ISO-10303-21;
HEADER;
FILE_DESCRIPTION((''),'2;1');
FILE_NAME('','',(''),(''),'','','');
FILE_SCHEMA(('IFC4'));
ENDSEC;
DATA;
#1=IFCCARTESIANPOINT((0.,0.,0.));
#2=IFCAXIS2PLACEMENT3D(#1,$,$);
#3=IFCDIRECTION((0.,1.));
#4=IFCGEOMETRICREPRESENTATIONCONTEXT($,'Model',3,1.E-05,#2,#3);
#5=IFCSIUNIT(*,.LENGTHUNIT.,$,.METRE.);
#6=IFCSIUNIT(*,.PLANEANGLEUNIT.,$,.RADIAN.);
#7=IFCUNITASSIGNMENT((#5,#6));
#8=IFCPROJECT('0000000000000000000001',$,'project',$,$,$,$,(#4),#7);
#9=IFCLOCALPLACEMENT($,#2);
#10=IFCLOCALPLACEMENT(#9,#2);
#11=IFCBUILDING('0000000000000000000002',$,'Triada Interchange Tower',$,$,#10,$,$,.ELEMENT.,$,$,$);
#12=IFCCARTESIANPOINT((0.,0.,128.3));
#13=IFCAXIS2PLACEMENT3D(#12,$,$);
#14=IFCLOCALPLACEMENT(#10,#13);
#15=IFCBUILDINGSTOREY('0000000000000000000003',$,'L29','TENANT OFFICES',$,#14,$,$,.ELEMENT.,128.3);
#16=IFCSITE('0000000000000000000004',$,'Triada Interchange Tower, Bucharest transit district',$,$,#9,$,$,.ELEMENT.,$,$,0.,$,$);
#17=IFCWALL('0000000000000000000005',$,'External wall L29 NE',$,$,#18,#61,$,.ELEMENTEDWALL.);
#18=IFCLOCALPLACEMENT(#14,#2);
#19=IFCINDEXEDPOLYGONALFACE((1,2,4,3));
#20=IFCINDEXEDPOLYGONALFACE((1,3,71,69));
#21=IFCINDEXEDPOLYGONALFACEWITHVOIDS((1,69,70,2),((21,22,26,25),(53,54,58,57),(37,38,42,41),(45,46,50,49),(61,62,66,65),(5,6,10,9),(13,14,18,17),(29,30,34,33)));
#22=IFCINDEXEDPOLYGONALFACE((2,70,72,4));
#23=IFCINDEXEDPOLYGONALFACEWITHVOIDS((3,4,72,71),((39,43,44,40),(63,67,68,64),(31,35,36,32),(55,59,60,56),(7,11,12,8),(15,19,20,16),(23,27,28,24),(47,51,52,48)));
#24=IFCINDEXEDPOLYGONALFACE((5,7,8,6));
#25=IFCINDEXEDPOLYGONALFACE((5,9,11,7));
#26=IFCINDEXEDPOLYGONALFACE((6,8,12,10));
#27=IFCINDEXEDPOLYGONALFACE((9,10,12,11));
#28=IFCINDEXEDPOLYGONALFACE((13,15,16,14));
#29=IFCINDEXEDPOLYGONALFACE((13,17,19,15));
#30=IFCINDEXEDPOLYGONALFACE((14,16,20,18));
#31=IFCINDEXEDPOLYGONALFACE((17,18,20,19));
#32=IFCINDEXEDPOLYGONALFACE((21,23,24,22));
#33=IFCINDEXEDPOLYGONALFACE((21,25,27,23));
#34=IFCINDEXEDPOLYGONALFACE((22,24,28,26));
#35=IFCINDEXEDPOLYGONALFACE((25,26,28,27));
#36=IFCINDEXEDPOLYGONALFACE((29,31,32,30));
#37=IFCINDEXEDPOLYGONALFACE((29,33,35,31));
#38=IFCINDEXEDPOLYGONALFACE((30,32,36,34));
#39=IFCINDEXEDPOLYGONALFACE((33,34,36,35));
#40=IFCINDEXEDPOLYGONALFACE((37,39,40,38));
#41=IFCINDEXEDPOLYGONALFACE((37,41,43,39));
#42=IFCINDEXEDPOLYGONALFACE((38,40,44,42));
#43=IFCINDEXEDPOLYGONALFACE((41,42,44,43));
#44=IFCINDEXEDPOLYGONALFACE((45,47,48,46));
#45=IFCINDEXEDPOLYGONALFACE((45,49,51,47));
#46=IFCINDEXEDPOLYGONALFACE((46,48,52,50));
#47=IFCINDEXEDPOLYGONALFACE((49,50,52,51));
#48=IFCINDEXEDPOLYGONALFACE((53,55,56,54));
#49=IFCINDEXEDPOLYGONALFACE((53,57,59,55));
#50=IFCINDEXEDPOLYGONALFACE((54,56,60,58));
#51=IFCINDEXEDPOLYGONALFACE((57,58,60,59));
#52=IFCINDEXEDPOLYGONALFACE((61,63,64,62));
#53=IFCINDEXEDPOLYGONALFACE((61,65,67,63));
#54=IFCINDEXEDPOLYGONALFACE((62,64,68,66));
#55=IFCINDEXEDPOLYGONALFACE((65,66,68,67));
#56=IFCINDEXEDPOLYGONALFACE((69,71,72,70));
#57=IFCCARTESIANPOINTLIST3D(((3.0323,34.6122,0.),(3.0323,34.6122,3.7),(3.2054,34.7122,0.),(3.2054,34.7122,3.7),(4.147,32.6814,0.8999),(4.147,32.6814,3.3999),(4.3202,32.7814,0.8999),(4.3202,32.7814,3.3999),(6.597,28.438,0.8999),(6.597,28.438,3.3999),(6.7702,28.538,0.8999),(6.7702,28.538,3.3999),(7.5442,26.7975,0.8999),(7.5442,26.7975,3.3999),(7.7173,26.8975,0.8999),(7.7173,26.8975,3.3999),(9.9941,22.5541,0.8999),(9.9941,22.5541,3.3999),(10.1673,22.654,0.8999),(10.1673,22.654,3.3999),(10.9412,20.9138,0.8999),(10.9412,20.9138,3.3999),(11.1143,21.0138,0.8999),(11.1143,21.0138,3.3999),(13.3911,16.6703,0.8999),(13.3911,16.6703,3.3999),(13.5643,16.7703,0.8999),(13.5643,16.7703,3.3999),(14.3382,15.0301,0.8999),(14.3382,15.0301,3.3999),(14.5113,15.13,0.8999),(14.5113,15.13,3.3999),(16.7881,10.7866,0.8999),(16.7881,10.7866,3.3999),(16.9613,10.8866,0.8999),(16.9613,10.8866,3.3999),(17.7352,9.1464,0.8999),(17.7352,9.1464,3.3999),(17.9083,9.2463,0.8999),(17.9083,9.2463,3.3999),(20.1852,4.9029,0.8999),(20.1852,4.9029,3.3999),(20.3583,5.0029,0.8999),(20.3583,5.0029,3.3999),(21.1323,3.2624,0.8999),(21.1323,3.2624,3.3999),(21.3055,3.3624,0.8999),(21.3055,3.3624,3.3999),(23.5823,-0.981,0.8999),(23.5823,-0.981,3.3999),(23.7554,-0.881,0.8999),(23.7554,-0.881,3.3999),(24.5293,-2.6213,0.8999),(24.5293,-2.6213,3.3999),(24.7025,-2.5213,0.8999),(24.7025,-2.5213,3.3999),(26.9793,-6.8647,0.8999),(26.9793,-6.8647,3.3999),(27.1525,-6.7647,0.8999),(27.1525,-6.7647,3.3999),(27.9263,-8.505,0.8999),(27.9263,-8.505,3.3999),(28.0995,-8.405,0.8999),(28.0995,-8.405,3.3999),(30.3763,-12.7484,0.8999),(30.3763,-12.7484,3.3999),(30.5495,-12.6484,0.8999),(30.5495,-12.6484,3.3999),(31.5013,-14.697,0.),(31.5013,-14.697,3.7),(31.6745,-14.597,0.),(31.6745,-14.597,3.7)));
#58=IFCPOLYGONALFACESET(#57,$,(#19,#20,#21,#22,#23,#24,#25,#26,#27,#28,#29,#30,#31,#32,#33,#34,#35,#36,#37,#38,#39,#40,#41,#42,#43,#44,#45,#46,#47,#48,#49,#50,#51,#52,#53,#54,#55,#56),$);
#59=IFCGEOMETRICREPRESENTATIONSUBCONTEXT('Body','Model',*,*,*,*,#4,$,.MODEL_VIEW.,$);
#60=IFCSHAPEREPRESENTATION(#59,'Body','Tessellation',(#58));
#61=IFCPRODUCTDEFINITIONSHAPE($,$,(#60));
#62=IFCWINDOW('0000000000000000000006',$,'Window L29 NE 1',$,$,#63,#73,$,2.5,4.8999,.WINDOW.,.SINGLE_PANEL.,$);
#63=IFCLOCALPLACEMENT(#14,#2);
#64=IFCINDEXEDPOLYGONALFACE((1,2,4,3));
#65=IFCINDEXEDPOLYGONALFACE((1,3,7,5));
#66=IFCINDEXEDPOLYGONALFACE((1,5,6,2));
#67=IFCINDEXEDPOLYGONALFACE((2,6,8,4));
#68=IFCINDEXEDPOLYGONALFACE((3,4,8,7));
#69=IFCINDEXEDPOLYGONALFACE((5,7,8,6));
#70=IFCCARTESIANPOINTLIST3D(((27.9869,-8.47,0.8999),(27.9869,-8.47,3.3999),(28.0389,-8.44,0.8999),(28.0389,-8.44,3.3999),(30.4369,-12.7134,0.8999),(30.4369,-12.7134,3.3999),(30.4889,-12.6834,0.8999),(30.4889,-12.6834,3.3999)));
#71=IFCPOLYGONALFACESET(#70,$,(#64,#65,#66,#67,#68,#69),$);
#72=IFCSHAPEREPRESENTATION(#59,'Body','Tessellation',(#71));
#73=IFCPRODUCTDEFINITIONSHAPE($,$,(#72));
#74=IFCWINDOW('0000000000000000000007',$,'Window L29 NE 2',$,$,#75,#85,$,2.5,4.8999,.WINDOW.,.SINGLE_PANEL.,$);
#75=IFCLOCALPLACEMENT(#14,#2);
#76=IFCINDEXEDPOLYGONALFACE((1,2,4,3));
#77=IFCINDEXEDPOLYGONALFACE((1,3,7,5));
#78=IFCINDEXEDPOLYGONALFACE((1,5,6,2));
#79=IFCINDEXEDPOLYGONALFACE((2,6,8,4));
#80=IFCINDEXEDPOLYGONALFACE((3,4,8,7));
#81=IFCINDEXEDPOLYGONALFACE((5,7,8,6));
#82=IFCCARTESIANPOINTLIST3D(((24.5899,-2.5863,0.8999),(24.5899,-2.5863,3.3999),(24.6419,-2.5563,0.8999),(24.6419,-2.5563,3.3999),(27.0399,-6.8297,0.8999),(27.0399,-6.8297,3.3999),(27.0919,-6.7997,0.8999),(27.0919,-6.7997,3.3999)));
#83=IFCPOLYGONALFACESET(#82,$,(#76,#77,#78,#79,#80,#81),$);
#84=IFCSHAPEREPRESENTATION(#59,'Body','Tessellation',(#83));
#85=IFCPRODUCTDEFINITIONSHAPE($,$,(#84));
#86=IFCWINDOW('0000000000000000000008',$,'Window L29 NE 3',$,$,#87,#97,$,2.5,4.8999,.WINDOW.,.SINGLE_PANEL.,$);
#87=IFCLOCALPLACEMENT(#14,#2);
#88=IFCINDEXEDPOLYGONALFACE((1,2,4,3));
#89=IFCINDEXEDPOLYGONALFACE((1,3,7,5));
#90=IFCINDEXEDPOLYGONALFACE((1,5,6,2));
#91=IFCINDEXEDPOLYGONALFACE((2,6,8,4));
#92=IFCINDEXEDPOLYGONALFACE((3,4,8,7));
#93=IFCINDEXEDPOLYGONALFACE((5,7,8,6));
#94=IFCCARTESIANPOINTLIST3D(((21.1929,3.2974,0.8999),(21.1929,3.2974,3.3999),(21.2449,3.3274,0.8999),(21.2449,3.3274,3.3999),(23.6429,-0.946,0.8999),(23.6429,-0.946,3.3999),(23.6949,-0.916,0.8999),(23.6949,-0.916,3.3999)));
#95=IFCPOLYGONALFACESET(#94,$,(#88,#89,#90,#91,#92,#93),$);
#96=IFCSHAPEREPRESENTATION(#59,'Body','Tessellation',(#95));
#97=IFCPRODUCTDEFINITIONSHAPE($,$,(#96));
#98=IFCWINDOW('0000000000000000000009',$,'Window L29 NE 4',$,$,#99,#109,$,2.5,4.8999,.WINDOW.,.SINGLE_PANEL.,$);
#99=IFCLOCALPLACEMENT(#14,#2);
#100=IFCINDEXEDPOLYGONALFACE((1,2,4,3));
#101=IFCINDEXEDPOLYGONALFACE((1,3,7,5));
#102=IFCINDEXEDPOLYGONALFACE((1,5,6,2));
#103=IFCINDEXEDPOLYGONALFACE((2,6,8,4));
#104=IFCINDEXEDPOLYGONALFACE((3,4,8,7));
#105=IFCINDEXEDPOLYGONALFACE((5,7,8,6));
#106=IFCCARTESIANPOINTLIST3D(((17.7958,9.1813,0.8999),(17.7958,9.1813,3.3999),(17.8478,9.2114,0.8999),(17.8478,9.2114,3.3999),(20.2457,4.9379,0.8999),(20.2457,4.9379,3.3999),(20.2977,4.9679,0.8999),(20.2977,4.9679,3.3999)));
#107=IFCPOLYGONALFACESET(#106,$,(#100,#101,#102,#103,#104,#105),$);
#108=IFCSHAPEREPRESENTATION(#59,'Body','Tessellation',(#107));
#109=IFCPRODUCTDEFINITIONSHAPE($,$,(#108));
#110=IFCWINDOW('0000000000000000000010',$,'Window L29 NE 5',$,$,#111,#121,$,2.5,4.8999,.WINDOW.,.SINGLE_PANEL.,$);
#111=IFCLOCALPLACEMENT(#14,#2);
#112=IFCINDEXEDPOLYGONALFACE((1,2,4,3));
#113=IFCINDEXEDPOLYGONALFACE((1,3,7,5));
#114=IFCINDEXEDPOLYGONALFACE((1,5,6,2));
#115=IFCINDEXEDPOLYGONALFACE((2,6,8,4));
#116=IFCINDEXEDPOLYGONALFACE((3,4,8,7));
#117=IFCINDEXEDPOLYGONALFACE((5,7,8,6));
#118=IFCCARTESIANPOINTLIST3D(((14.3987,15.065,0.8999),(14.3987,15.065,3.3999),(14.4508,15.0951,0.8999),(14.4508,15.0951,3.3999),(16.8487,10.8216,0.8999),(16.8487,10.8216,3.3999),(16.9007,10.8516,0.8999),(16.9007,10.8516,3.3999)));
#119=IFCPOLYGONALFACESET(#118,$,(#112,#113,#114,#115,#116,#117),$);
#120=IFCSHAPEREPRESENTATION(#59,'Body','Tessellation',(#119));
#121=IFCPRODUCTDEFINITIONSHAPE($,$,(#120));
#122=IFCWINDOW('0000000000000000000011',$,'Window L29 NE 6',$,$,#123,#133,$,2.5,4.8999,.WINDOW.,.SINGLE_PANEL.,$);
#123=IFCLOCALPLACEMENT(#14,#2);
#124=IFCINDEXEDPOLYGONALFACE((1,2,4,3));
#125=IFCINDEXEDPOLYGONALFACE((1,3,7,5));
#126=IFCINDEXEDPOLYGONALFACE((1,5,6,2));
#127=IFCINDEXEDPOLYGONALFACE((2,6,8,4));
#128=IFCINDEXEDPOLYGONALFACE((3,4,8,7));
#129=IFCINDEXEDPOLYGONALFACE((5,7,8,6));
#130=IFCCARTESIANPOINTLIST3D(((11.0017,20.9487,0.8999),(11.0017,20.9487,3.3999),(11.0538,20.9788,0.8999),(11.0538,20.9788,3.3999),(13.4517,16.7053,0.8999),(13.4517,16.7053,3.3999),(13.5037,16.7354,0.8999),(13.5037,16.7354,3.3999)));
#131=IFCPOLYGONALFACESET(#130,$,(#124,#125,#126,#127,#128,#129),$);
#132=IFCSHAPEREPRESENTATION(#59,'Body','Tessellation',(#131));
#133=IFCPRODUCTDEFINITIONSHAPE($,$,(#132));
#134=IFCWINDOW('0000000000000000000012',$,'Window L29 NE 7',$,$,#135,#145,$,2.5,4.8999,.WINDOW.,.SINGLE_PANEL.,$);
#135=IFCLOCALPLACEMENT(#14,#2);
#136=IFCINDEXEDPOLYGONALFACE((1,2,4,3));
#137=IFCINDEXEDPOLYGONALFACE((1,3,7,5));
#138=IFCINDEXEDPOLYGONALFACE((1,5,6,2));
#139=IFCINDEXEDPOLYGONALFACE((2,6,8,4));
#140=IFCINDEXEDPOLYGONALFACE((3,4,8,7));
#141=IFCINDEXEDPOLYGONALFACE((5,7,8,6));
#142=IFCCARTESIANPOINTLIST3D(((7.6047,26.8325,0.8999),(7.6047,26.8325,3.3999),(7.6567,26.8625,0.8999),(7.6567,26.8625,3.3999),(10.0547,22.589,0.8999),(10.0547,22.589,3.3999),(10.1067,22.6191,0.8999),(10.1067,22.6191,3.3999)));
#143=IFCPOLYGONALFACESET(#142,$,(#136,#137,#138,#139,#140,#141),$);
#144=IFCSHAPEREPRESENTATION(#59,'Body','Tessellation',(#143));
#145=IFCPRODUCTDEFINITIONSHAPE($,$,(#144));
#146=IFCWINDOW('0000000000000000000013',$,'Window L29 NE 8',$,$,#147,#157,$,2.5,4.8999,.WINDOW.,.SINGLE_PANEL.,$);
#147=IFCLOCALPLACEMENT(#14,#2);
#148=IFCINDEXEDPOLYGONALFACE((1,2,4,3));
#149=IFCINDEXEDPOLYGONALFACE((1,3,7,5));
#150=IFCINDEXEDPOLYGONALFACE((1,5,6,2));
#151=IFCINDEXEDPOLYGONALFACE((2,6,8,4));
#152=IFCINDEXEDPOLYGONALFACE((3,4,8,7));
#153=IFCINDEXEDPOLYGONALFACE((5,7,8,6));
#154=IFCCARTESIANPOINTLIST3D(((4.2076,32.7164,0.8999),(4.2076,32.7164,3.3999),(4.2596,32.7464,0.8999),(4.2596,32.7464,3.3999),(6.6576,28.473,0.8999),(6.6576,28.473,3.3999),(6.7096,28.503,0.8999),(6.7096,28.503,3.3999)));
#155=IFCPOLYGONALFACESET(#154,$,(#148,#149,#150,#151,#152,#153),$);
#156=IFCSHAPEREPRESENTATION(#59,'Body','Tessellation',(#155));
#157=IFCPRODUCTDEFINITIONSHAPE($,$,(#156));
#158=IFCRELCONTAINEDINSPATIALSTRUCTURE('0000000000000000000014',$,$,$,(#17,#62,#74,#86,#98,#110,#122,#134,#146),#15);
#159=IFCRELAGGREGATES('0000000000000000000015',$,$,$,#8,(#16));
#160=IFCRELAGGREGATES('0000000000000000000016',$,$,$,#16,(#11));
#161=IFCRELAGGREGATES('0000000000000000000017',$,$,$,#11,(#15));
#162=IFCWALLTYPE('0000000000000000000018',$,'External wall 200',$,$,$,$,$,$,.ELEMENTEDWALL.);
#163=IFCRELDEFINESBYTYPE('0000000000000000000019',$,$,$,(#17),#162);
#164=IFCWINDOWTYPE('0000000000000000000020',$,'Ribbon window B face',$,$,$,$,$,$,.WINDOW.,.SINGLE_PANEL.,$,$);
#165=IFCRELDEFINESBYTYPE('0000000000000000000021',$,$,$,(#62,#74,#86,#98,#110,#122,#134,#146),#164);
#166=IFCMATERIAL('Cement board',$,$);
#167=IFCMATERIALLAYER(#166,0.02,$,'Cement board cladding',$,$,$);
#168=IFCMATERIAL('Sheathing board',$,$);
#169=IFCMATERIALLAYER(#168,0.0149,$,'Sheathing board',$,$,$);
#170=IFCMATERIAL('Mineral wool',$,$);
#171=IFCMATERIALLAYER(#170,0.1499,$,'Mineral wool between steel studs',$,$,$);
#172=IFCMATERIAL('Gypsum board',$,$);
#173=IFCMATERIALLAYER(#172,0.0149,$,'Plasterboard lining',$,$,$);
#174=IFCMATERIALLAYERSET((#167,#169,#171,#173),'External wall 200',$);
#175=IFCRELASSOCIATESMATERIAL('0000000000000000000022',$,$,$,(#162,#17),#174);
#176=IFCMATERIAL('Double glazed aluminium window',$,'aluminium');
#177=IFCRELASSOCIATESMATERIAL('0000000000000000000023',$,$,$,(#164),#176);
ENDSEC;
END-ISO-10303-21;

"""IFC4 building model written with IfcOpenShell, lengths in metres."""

from ifc_helpers import new_model, si_unit, direction, frame, frame_2d, origin, place, context, subcontext, project, spatial, rectangle, extrude, material, layer, layer_set, layer_usage, type_object, element, fill, save


model = new_model("IFC4")

# Units and contexts
model_context = context("Model", 3, precision=1e-05, world=origin(), true_north=direction((0.0, 1.0)))
body_context = subcontext(model_context, "Body", "Model", "MODEL_VIEW")
ifc_project = project(units=[si_unit("LENGTHUNIT", "METRE"), si_unit("PLANEANGLEUNIT", "RADIAN")], contexts=[model_context])

# Site, building, storey
site_placement = place(None, origin())
site = spatial("IfcSite", under=ifc_project, at=site_placement, Name="Triada Interchange Tower, Bucharest transit district", CompositionType="ELEMENT", RefElevation=0.0)
building_placement = place(site_placement, origin())
building = spatial("IfcBuilding", under=site, at=building_placement, Name="Triada Interchange Tower", CompositionType="ELEMENT")
storey_placement = place(building_placement, frame((0.0, 0.0, 128.3)))
storey = spatial("IfcBuildingStorey", under=building, at=storey_placement, Name="L29", Description="TENANT OFFICES", CompositionType="ELEMENT", Elevation=128.3)

# Shared definitions
ifc_material_1 = material(Name="Cement board")
ifc_layer_1 = layer(ifc_material_1, 0.02, Name="Cement board cladding")
ifc_material_2 = material(Name="Sheathing board")
ifc_layer_2 = layer(ifc_material_2, 0.0149, Name="Sheathing board")
ifc_material_3 = material(Name="Mineral wool")
ifc_layer_3 = layer(ifc_material_3, 0.1499, Name="Mineral wool between steel studs")
ifc_material_4 = material(Name="Gypsum board")
ifc_layer_4 = layer(ifc_material_4, 0.0149, Name="Plasterboard lining")
ifc_layer_set_1 = layer_set([ifc_layer_1, ifc_layer_2, ifc_layer_3, ifc_layer_4], Name="External wall 200")
ifc_layer_usage = layer_usage(ifc_layer_set_1, "AXIS2", "POSITIVE", -0.1001)
wall_type = type_object("IfcWallType", Name="External wall 200", PredefinedType="ELEMENTEDWALL", material=ifc_layer_set_1)
ifc_material_5 = material(Name="Double glazed aluminium window", Category="aluminium")

# Wall, openings, windows
wall_1_placement = place(storey_placement, frame((31.5879, -14.647, 0.0), z_axis=(0.0, 0.0, 1.0), x_axis=(-0.500005, 0.866022, 0.0)))
wall_1 = element("IfcWall", 1, at=wall_1_placement, inside=storey, type_object=wall_type, material=ifc_layer_usage, Name="External wall L29 NE", PredefinedType="ELEMENTEDWALL", context=body_context, shape_type="SweptSolid", body=[
    extrude(rectangle(XDim=56.9375, YDim=0.2, at=frame_2d((28.4688, 0.0))), origin(), (0.0, 0.0, 1.0), 3.7),
])
opening_1_placement = place(wall_1_placement, frame((2.25, 0.0, 0.8999)))
opening_1 = element("IfcOpeningElement", 2, at=opening_1_placement, cuts=wall_1, PredefinedType="OPENING", context=body_context, shape_type="SweptSolid", body=[
    extrude(rectangle(XDim=4.8999, YDim=2.5, at=frame_2d((2.45, 1.25))), frame((0.0, 0.1099, 0.0), z_axis=(0.0, -1.0, 0.0), x_axis=(1.0, 0.0, 0.0)), (0.0, 0.0, 1.0), 0.22),
])
opening_2_placement = place(wall_1_placement, frame((9.0439, 0.0, 0.8999)))
opening_2 = element("IfcOpeningElement", 3, at=opening_2_placement, cuts=wall_1, PredefinedType="OPENING", context=body_context, shape_type="SweptSolid", body=[
    extrude(rectangle(XDim=4.8999, YDim=2.5, at=frame_2d((2.45, 1.25))), frame((0.0, 0.1099, 0.0), z_axis=(0.0, -1.0, 0.0), x_axis=(1.0, 0.0, 0.0)), (0.0, 0.0, 1.0), 0.22),
])
opening_3_placement = place(wall_1_placement, frame((15.8379, 0.0, 0.8999)))
opening_3 = element("IfcOpeningElement", 4, at=opening_3_placement, cuts=wall_1, PredefinedType="OPENING", context=body_context, shape_type="SweptSolid", body=[
    extrude(rectangle(XDim=4.8999, YDim=2.5, at=frame_2d((2.45, 1.25))), frame((0.0, 0.1099, 0.0), z_axis=(0.0, -1.0, 0.0), x_axis=(1.0, 0.0, 0.0)), (0.0, 0.0, 1.0), 0.22),
])
opening_4_placement = place(wall_1_placement, frame((22.6321, 0.0, 0.8999)))
opening_4 = element("IfcOpeningElement", 5, at=opening_4_placement, cuts=wall_1, PredefinedType="OPENING", context=body_context, shape_type="SweptSolid", body=[
    extrude(rectangle(XDim=4.8999, YDim=2.5, at=frame_2d((2.45, 1.25))), frame((0.0, 0.1099, 0.0), z_axis=(0.0, -1.0, 0.0), x_axis=(1.0, 0.0, 0.0)), (0.0, 0.0, 1.0), 0.22),
])
opening_5_placement = place(wall_1_placement, frame((29.426, 0.0, 0.8999)))
opening_5 = element("IfcOpeningElement", 6, at=opening_5_placement, cuts=wall_1, PredefinedType="OPENING", context=body_context, shape_type="SweptSolid", body=[
    extrude(rectangle(XDim=4.8999, YDim=2.5, at=frame_2d((2.45, 1.25))), frame((0.0, 0.1099, 0.0), z_axis=(0.0, -1.0, 0.0), x_axis=(1.0, 0.0, 0.0)), (0.0, 0.0, 1.0), 0.22),
])
opening_6_placement = place(wall_1_placement, frame((36.22, 0.0, 0.8999)))
opening_6 = element("IfcOpeningElement", 7, at=opening_6_placement, cuts=wall_1, PredefinedType="OPENING", context=body_context, shape_type="SweptSolid", body=[
    extrude(rectangle(XDim=4.8999, YDim=2.5, at=frame_2d((2.45, 1.25))), frame((0.0, 0.1099, 0.0), z_axis=(0.0, -1.0, 0.0), x_axis=(1.0, 0.0, 0.0)), (0.0, 0.0, 1.0), 0.22),
])
opening_7_placement = place(wall_1_placement, frame((43.0139, 0.0, 0.8999)))
opening_7 = element("IfcOpeningElement", 8, at=opening_7_placement, cuts=wall_1, PredefinedType="OPENING", context=body_context, shape_type="SweptSolid", body=[
    extrude(rectangle(XDim=4.8999, YDim=2.5, at=frame_2d((2.45, 1.25))), frame((0.0, 0.1099, 0.0), z_axis=(0.0, -1.0, 0.0), x_axis=(1.0, 0.0, 0.0)), (0.0, 0.0, 1.0), 0.22),
])
opening_8_placement = place(wall_1_placement, frame((49.8081, 0.0, 0.8999)))
opening_8 = element("IfcOpeningElement", 9, at=opening_8_placement, cuts=wall_1, PredefinedType="OPENING", context=body_context, shape_type="SweptSolid", body=[
    extrude(rectangle(XDim=4.8999, YDim=2.5, at=frame_2d((2.45, 1.25))), frame((0.0, 0.1099, 0.0), z_axis=(0.0, -1.0, 0.0), x_axis=(1.0, 0.0, 0.0)), (0.0, 0.0, 1.0), 0.22),
])
window_type_1 = type_object("IfcWindowType", Name="Ribbon window B face", PartitioningType="SINGLE_PANEL", PredefinedType="WINDOW", material=ifc_material_5)
window_1_placement = place(opening_1_placement, origin())
window_1 = element("IfcWindow", 10, at=window_1_placement, inside=storey, type_object=window_type_1, Name="Window L29 NE 1", OverallHeight=2.5, OverallWidth=4.8999, PartitioningType="SINGLE_PANEL", PredefinedType="WINDOW", context=body_context, shape_type="SweptSolid", body=[
    extrude(rectangle(XDim=4.8999, YDim=2.5, at=frame_2d((2.45, 1.25))), frame((0.0, 0.03, 0.0), z_axis=(0.0, -1.0, 0.0), x_axis=(1.0, 0.0, 0.0)), (0.0, 0.0, 1.0), 0.0601),
])
fill(opening_1, window_1)
window_2_placement = place(opening_2_placement, origin())
window_2 = element("IfcWindow", 11, at=window_2_placement, inside=storey, type_object=window_type_1, Name="Window L29 NE 2", OverallHeight=2.5, OverallWidth=4.8999, PartitioningType="SINGLE_PANEL", PredefinedType="WINDOW", context=body_context, shape_type="SweptSolid", body=[
    extrude(rectangle(XDim=4.8999, YDim=2.5, at=frame_2d((2.45, 1.25))), frame((0.0, 0.03, 0.0), z_axis=(0.0, -1.0, 0.0), x_axis=(1.0, 0.0, 0.0)), (0.0, 0.0, 1.0), 0.0601),
])
fill(opening_2, window_2)
window_3_placement = place(opening_3_placement, origin())
window_3 = element("IfcWindow", 12, at=window_3_placement, inside=storey, type_object=window_type_1, Name="Window L29 NE 3", OverallHeight=2.5, OverallWidth=4.8999, PartitioningType="SINGLE_PANEL", PredefinedType="WINDOW", context=body_context, shape_type="SweptSolid", body=[
    extrude(rectangle(XDim=4.8999, YDim=2.5, at=frame_2d((2.45, 1.25))), frame((0.0, 0.03, 0.0), z_axis=(0.0, -1.0, 0.0), x_axis=(1.0, 0.0, 0.0)), (0.0, 0.0, 1.0), 0.0601),
])
fill(opening_3, window_3)
window_4_placement = place(opening_4_placement, origin())
window_4 = element("IfcWindow", 13, at=window_4_placement, inside=storey, type_object=window_type_1, Name="Window L29 NE 4", OverallHeight=2.5, OverallWidth=4.8999, PartitioningType="SINGLE_PANEL", PredefinedType="WINDOW", context=body_context, shape_type="SweptSolid", body=[
    extrude(rectangle(XDim=4.8999, YDim=2.5, at=frame_2d((2.45, 1.25))), frame((0.0, 0.03, 0.0), z_axis=(0.0, -1.0, 0.0), x_axis=(1.0, 0.0, 0.0)), (0.0, 0.0, 1.0), 0.0601),
])
fill(opening_4, window_4)
window_5_placement = place(opening_5_placement, origin())
window_5 = element("IfcWindow", 14, at=window_5_placement, inside=storey, type_object=window_type_1, Name="Window L29 NE 5", OverallHeight=2.5, OverallWidth=4.8999, PartitioningType="SINGLE_PANEL", PredefinedType="WINDOW", context=body_context, shape_type="SweptSolid", body=[
    extrude(rectangle(XDim=4.8999, YDim=2.5, at=frame_2d((2.45, 1.25))), frame((0.0, 0.03, 0.0), z_axis=(0.0, -1.0, 0.0), x_axis=(1.0, 0.0, 0.0)), (0.0, 0.0, 1.0), 0.0601),
])
fill(opening_5, window_5)
window_6_placement = place(opening_6_placement, origin())
window_6 = element("IfcWindow", 15, at=window_6_placement, inside=storey, type_object=window_type_1, Name="Window L29 NE 6", OverallHeight=2.5, OverallWidth=4.8999, PartitioningType="SINGLE_PANEL", PredefinedType="WINDOW", context=body_context, shape_type="SweptSolid", body=[
    extrude(rectangle(XDim=4.8999, YDim=2.5, at=frame_2d((2.45, 1.25))), frame((0.0, 0.03, 0.0), z_axis=(0.0, -1.0, 0.0), x_axis=(1.0, 0.0, 0.0)), (0.0, 0.0, 1.0), 0.0601),
])
fill(opening_6, window_6)
window_7_placement = place(opening_7_placement, origin())
window_7 = element("IfcWindow", 16, at=window_7_placement, inside=storey, type_object=window_type_1, Name="Window L29 NE 7", OverallHeight=2.5, OverallWidth=4.8999, PartitioningType="SINGLE_PANEL", PredefinedType="WINDOW", context=body_context, shape_type="SweptSolid", body=[
    extrude(rectangle(XDim=4.8999, YDim=2.5, at=frame_2d((2.45, 1.25))), frame((0.0, 0.03, 0.0), z_axis=(0.0, -1.0, 0.0), x_axis=(1.0, 0.0, 0.0)), (0.0, 0.0, 1.0), 0.0601),
])
fill(opening_7, window_7)
window_8_placement = place(opening_8_placement, origin())
window_8 = element("IfcWindow", 17, at=window_8_placement, inside=storey, type_object=window_type_1, Name="Window L29 NE 8", OverallHeight=2.5, OverallWidth=4.8999, PartitioningType="SINGLE_PANEL", PredefinedType="WINDOW", context=body_context, shape_type="SweptSolid", body=[
    extrude(rectangle(XDim=4.8999, YDim=2.5, at=frame_2d((2.45, 1.25))), frame((0.0, 0.03, 0.0), z_axis=(0.0, -1.0, 0.0), x_axis=(1.0, 0.0, 0.0)), (0.0, 0.0, 1.0), 0.0601),
])
fill(opening_8, window_8)

save(model, "model.ifc")
